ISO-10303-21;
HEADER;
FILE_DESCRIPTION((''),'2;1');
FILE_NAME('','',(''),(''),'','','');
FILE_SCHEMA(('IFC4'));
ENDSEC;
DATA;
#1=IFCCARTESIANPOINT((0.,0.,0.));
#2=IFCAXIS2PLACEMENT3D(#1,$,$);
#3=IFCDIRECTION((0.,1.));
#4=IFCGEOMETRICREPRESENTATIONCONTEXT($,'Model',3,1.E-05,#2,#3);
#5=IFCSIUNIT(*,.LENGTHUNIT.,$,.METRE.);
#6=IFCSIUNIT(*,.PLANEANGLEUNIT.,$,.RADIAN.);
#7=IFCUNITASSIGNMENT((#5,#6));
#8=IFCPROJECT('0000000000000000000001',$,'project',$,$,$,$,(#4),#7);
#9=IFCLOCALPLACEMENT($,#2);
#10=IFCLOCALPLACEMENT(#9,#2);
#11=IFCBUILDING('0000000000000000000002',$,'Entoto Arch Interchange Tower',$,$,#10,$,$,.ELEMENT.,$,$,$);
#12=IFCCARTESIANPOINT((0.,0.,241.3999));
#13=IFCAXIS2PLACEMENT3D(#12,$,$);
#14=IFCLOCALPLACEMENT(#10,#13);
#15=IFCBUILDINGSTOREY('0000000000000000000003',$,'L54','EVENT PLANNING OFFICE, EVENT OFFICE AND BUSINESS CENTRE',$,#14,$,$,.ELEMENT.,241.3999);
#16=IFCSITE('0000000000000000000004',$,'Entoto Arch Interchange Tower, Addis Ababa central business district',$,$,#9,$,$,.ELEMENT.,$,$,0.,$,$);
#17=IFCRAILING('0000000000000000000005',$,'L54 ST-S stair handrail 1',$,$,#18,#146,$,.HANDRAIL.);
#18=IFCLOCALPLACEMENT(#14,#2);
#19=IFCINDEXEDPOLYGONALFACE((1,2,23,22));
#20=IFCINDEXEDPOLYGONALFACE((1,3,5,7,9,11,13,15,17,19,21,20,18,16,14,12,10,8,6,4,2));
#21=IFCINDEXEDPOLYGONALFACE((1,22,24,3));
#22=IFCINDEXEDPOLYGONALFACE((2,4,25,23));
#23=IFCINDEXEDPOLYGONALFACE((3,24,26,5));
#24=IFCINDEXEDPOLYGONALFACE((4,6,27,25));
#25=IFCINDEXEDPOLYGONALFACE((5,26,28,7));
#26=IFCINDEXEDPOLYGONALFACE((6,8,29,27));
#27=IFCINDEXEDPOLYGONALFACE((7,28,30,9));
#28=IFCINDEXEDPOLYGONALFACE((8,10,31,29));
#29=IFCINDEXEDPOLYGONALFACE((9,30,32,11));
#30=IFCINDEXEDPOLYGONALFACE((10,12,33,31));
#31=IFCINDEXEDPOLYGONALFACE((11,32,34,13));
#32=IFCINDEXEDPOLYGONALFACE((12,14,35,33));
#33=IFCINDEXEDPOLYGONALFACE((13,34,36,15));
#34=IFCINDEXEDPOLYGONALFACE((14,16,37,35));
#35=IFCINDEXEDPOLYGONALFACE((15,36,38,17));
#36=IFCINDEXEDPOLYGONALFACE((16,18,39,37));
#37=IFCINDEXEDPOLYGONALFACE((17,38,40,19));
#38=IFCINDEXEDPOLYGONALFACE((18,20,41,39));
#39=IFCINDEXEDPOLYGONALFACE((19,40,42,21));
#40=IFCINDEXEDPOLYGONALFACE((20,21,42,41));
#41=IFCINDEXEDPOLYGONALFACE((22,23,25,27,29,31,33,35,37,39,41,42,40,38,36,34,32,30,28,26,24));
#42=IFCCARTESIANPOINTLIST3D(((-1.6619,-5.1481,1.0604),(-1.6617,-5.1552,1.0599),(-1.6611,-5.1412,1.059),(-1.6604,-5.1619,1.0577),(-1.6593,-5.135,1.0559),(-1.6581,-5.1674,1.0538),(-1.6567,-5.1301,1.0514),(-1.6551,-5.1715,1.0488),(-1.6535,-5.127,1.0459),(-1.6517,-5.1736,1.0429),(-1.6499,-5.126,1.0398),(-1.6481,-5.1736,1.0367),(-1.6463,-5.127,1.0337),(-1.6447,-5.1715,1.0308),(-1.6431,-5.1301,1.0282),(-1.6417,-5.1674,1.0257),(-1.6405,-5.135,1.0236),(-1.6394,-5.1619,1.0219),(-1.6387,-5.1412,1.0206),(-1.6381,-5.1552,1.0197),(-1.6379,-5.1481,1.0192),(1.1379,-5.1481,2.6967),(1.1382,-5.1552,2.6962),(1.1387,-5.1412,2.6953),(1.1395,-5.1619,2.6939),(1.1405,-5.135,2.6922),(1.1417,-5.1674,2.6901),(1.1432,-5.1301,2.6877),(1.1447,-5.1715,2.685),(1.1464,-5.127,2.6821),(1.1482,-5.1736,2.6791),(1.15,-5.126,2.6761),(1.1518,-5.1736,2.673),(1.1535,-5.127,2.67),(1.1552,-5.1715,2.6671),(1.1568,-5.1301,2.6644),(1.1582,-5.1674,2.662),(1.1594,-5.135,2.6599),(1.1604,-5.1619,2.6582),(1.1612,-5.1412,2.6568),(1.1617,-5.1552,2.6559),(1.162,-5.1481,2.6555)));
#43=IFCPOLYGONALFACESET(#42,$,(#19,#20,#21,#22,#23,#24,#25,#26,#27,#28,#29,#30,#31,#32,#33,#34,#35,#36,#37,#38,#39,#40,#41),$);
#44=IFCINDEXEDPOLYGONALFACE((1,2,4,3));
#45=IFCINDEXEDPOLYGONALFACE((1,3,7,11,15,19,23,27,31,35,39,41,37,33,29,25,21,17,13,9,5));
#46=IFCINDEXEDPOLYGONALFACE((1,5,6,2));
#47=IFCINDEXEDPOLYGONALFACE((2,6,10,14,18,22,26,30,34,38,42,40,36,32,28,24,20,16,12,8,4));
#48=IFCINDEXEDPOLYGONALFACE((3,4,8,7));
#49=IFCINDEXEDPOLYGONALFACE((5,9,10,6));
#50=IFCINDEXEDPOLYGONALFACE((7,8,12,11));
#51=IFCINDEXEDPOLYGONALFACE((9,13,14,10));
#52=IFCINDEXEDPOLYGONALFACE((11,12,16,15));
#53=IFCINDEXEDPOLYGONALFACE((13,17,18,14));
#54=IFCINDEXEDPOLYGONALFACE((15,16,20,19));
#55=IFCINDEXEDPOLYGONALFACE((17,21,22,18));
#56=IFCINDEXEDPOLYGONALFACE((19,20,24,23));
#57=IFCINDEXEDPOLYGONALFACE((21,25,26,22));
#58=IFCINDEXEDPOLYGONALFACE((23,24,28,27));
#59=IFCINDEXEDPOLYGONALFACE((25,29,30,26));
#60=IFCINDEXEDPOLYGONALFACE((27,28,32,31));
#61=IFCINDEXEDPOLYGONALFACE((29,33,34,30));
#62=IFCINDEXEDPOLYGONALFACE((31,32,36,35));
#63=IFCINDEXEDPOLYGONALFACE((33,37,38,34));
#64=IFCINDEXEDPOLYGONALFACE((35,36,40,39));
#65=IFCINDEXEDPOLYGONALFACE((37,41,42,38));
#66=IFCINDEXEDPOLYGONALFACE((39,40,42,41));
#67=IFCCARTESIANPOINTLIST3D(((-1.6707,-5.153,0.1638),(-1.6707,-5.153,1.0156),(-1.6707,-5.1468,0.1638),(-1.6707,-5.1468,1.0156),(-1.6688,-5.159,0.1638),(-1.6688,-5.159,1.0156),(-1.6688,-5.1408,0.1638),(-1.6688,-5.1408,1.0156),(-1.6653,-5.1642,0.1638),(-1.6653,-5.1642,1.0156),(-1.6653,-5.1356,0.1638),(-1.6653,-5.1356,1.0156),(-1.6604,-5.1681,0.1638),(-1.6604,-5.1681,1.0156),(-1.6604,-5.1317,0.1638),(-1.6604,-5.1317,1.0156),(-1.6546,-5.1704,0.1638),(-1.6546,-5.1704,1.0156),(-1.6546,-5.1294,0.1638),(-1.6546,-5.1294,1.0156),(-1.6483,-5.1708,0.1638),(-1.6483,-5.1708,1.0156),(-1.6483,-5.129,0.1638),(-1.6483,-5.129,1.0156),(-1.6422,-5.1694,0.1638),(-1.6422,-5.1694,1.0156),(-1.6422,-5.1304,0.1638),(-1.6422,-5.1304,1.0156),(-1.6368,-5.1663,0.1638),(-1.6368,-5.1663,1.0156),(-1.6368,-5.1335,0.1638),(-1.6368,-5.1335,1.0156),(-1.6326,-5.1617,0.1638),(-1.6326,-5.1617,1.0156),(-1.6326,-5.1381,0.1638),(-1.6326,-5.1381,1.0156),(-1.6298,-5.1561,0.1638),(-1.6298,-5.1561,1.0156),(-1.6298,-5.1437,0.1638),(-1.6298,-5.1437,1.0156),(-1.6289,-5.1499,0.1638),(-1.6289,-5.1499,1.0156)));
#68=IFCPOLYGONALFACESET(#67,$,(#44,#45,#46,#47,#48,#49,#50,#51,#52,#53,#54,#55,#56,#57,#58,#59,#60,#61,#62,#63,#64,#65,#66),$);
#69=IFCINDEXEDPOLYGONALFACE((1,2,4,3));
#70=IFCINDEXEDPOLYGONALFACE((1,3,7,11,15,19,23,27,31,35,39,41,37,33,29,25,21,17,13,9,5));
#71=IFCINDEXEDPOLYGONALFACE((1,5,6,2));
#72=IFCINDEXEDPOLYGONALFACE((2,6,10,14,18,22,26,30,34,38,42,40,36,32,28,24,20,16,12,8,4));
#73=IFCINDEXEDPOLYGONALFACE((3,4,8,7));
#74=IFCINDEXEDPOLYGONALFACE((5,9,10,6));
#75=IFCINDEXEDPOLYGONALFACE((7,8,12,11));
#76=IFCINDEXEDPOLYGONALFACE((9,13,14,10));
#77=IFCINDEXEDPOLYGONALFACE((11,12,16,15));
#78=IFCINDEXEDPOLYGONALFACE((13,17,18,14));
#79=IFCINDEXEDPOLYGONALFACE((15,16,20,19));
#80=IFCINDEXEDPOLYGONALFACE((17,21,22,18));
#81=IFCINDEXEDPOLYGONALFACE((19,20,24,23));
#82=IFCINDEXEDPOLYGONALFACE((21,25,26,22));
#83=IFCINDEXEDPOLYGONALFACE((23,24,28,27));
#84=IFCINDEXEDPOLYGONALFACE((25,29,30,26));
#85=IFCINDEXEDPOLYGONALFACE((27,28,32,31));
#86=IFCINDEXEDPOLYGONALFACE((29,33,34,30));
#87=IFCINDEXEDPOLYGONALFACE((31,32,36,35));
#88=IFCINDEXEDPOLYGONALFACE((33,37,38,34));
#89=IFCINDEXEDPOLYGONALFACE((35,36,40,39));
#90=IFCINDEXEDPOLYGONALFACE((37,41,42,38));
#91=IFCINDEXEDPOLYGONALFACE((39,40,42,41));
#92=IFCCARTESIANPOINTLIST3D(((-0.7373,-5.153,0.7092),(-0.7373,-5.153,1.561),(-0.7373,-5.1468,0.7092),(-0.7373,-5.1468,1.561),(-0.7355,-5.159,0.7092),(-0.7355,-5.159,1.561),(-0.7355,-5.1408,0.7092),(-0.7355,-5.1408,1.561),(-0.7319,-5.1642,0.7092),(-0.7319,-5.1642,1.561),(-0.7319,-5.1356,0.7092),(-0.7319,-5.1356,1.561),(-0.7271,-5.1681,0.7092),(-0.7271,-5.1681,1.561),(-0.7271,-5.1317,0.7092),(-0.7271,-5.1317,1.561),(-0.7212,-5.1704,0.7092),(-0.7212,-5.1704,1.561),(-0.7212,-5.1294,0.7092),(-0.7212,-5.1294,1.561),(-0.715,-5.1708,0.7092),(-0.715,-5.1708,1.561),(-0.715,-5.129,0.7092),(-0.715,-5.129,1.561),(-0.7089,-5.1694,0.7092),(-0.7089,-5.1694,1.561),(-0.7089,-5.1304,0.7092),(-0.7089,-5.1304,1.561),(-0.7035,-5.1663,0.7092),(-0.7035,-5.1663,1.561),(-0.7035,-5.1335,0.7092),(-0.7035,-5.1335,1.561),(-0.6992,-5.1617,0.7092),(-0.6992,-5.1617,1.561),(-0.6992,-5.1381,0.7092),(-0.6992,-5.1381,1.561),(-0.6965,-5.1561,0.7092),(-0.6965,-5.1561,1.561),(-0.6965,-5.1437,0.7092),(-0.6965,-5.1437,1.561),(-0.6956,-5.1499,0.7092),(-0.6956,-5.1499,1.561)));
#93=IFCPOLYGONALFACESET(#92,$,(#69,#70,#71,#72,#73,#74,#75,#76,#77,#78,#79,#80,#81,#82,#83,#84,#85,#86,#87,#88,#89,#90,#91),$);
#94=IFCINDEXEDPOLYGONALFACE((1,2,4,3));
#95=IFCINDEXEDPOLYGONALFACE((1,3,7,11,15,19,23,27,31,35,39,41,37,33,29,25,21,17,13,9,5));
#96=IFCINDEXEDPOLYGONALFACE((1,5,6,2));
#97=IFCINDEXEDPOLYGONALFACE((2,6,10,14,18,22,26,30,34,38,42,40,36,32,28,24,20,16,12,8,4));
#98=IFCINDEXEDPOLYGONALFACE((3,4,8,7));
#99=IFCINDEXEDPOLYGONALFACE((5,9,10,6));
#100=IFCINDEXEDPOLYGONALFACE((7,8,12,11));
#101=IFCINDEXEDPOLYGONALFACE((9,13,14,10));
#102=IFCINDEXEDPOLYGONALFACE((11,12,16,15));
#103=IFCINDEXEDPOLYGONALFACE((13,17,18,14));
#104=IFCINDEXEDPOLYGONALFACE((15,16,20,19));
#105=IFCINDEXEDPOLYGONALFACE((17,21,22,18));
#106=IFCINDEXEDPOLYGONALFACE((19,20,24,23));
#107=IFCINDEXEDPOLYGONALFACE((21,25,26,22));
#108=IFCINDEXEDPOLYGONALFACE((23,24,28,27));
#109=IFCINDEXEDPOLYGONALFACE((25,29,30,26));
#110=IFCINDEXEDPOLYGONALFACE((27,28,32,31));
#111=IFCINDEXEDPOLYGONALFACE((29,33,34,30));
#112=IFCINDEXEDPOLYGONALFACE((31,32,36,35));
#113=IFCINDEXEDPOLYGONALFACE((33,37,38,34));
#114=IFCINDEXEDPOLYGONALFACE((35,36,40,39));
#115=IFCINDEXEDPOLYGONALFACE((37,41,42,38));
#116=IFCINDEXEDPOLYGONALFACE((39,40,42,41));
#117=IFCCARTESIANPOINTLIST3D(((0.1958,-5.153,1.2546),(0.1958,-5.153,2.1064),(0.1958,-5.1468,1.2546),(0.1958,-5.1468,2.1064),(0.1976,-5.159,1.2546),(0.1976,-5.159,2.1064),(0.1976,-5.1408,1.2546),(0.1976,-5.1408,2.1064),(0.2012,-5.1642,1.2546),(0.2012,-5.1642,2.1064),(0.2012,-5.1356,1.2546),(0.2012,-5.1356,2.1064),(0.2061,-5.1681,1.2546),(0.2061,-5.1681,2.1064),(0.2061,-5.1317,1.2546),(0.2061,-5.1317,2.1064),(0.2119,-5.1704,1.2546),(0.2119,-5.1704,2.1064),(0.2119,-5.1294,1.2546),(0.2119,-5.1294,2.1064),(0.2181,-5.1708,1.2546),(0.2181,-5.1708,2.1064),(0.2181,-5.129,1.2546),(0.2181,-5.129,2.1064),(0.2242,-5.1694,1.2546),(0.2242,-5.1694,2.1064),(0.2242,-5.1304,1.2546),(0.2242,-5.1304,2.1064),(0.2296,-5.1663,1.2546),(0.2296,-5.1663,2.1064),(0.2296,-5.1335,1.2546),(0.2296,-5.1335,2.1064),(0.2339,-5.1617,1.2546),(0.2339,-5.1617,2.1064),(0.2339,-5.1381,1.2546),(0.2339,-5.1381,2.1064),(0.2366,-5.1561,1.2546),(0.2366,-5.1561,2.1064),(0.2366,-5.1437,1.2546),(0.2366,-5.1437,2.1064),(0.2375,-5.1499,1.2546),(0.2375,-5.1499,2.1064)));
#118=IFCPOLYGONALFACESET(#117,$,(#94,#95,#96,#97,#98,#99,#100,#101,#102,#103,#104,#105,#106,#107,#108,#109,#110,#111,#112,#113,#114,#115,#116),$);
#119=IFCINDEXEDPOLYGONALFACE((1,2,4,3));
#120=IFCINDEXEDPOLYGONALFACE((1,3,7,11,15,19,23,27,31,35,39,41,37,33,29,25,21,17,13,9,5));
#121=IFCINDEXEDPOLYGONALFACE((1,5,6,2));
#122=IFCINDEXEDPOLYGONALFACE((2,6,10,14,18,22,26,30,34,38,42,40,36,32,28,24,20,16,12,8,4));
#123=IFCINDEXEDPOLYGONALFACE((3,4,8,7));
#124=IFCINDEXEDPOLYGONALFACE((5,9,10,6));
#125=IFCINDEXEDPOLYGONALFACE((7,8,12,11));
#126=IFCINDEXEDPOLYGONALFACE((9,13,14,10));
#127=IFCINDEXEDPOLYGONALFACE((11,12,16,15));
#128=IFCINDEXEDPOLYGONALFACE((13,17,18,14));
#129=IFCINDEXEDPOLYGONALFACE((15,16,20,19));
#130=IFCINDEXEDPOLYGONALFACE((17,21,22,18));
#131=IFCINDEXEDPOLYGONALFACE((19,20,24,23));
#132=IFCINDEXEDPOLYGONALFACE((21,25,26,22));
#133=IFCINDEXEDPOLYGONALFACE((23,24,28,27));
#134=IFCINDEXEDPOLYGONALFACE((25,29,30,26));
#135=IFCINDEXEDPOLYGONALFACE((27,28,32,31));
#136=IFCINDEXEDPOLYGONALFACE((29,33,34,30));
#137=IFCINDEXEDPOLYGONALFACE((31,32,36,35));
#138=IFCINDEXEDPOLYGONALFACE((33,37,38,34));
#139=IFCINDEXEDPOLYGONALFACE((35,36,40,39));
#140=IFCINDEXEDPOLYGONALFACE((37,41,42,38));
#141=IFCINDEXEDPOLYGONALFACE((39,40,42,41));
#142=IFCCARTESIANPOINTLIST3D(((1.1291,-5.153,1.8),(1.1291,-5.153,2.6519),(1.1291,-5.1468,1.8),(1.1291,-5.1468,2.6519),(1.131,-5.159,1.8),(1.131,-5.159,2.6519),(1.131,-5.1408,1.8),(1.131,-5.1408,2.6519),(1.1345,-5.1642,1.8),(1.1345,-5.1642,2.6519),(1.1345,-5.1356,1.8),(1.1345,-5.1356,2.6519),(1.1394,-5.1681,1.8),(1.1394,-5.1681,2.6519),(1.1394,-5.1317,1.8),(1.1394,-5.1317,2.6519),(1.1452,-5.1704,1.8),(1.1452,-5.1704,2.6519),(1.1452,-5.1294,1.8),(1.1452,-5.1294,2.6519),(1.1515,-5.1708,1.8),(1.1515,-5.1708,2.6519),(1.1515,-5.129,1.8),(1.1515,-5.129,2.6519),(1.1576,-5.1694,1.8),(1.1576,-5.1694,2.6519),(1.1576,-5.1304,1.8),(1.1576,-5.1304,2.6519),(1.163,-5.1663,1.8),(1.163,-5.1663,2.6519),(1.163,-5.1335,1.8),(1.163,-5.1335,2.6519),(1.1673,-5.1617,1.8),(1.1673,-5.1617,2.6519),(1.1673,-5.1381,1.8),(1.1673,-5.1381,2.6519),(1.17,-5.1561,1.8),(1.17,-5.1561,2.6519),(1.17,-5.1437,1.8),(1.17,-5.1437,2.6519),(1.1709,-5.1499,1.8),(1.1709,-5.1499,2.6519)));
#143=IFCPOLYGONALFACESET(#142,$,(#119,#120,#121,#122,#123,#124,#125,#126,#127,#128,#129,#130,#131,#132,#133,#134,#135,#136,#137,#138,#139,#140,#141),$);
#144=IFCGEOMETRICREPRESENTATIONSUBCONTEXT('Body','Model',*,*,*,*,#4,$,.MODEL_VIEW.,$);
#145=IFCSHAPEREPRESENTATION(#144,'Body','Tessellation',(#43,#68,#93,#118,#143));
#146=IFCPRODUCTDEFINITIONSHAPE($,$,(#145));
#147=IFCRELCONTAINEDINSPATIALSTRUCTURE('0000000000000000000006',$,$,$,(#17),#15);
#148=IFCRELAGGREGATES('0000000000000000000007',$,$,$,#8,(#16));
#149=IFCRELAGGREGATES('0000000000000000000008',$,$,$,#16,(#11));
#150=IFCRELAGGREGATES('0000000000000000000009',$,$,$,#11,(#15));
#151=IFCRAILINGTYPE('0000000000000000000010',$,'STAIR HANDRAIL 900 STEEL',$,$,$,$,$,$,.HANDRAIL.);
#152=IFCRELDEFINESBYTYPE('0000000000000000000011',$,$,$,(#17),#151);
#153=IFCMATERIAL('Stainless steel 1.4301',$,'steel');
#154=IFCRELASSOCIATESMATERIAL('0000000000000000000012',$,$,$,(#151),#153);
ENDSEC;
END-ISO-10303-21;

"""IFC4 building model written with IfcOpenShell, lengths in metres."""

from ifc_helpers import new_model, si_unit, direction, frame, origin, origin_2d, place, context, subcontext, project, spatial, circle, extrude, material, type_object, element, save


model = new_model("IFC4")

# Units and contexts
model_context = context("Model", 3, precision=1e-05, world=origin(), true_north=direction((0.0, 1.0)))
body_context = subcontext(model_context, "Body", "Model", "MODEL_VIEW")
ifc_project = project(units=[si_unit("LENGTHUNIT", "METRE"), si_unit("PLANEANGLEUNIT", "RADIAN")], contexts=[model_context])

# Site, building, storey
site_placement = place(None, origin())
site = spatial("IfcSite", under=ifc_project, at=site_placement, Name="Entoto Arch Interchange Tower, Addis Ababa central business district", CompositionType="ELEMENT", RefElevation=0.0)
building_placement = place(site_placement, origin())
building = spatial("IfcBuilding", under=site, at=building_placement, Name="Entoto Arch Interchange Tower", CompositionType="ELEMENT")
storey_placement = place(building_placement, frame((0.0, 0.0, 241.3999)))
storey = spatial("IfcBuildingStorey", under=building, at=storey_placement, Name="L54", Description="EVENT PLANNING OFFICE, EVENT OFFICE AND BUSINESS CENTRE", CompositionType="ELEMENT", Elevation=241.3999)

# Railing
ifc_material_1 = material(Name="Stainless steel 1.4301", Category="steel")
railing_type_1 = type_object("IfcRailingType", Name="STAIR HANDRAIL 900 STEEL", PredefinedType="HANDRAIL", material=ifc_material_1)
railing_1_placement = place(storey_placement, frame((-1.6499, -5.1499, 0.1638)))
element("IfcRailing", 1, at=railing_1_placement, inside=storey, type_object=railing_type_1, Name="L54 ST-S stair handrail 1", PredefinedType="HANDRAIL", context=body_context, shape_type="SweptSolid", body=[
    extrude(circle(Radius=0.0239, at=origin_2d()), frame((0.0, 0.0, 0.876), z_axis=(0.863374, 0.0, 0.504564), x_axis=(0.0, 1.0, 0.0)), (0.0, 0.0, 1.0), 3.2429),
    extrude(circle(Radius=0.021, at=origin_2d()), origin(), (0.0, 0.0, 1.0), 0.8518),
    extrude(circle(Radius=0.021, at=origin_2d()), frame((0.9333, 0.0, 0.5454)), (0.0, 0.0, 1.0), 0.8518),
    extrude(circle(Radius=0.021, at=origin_2d()), frame((1.8665, 0.0, 1.0908)), (0.0, 0.0, 1.0), 0.8518),
    extrude(circle(Radius=0.021, at=origin_2d()), frame((2.7998, 0.0, 1.6362)), (0.0, 0.0, 1.0), 0.8518),
])

save(model, "model.ifc")
